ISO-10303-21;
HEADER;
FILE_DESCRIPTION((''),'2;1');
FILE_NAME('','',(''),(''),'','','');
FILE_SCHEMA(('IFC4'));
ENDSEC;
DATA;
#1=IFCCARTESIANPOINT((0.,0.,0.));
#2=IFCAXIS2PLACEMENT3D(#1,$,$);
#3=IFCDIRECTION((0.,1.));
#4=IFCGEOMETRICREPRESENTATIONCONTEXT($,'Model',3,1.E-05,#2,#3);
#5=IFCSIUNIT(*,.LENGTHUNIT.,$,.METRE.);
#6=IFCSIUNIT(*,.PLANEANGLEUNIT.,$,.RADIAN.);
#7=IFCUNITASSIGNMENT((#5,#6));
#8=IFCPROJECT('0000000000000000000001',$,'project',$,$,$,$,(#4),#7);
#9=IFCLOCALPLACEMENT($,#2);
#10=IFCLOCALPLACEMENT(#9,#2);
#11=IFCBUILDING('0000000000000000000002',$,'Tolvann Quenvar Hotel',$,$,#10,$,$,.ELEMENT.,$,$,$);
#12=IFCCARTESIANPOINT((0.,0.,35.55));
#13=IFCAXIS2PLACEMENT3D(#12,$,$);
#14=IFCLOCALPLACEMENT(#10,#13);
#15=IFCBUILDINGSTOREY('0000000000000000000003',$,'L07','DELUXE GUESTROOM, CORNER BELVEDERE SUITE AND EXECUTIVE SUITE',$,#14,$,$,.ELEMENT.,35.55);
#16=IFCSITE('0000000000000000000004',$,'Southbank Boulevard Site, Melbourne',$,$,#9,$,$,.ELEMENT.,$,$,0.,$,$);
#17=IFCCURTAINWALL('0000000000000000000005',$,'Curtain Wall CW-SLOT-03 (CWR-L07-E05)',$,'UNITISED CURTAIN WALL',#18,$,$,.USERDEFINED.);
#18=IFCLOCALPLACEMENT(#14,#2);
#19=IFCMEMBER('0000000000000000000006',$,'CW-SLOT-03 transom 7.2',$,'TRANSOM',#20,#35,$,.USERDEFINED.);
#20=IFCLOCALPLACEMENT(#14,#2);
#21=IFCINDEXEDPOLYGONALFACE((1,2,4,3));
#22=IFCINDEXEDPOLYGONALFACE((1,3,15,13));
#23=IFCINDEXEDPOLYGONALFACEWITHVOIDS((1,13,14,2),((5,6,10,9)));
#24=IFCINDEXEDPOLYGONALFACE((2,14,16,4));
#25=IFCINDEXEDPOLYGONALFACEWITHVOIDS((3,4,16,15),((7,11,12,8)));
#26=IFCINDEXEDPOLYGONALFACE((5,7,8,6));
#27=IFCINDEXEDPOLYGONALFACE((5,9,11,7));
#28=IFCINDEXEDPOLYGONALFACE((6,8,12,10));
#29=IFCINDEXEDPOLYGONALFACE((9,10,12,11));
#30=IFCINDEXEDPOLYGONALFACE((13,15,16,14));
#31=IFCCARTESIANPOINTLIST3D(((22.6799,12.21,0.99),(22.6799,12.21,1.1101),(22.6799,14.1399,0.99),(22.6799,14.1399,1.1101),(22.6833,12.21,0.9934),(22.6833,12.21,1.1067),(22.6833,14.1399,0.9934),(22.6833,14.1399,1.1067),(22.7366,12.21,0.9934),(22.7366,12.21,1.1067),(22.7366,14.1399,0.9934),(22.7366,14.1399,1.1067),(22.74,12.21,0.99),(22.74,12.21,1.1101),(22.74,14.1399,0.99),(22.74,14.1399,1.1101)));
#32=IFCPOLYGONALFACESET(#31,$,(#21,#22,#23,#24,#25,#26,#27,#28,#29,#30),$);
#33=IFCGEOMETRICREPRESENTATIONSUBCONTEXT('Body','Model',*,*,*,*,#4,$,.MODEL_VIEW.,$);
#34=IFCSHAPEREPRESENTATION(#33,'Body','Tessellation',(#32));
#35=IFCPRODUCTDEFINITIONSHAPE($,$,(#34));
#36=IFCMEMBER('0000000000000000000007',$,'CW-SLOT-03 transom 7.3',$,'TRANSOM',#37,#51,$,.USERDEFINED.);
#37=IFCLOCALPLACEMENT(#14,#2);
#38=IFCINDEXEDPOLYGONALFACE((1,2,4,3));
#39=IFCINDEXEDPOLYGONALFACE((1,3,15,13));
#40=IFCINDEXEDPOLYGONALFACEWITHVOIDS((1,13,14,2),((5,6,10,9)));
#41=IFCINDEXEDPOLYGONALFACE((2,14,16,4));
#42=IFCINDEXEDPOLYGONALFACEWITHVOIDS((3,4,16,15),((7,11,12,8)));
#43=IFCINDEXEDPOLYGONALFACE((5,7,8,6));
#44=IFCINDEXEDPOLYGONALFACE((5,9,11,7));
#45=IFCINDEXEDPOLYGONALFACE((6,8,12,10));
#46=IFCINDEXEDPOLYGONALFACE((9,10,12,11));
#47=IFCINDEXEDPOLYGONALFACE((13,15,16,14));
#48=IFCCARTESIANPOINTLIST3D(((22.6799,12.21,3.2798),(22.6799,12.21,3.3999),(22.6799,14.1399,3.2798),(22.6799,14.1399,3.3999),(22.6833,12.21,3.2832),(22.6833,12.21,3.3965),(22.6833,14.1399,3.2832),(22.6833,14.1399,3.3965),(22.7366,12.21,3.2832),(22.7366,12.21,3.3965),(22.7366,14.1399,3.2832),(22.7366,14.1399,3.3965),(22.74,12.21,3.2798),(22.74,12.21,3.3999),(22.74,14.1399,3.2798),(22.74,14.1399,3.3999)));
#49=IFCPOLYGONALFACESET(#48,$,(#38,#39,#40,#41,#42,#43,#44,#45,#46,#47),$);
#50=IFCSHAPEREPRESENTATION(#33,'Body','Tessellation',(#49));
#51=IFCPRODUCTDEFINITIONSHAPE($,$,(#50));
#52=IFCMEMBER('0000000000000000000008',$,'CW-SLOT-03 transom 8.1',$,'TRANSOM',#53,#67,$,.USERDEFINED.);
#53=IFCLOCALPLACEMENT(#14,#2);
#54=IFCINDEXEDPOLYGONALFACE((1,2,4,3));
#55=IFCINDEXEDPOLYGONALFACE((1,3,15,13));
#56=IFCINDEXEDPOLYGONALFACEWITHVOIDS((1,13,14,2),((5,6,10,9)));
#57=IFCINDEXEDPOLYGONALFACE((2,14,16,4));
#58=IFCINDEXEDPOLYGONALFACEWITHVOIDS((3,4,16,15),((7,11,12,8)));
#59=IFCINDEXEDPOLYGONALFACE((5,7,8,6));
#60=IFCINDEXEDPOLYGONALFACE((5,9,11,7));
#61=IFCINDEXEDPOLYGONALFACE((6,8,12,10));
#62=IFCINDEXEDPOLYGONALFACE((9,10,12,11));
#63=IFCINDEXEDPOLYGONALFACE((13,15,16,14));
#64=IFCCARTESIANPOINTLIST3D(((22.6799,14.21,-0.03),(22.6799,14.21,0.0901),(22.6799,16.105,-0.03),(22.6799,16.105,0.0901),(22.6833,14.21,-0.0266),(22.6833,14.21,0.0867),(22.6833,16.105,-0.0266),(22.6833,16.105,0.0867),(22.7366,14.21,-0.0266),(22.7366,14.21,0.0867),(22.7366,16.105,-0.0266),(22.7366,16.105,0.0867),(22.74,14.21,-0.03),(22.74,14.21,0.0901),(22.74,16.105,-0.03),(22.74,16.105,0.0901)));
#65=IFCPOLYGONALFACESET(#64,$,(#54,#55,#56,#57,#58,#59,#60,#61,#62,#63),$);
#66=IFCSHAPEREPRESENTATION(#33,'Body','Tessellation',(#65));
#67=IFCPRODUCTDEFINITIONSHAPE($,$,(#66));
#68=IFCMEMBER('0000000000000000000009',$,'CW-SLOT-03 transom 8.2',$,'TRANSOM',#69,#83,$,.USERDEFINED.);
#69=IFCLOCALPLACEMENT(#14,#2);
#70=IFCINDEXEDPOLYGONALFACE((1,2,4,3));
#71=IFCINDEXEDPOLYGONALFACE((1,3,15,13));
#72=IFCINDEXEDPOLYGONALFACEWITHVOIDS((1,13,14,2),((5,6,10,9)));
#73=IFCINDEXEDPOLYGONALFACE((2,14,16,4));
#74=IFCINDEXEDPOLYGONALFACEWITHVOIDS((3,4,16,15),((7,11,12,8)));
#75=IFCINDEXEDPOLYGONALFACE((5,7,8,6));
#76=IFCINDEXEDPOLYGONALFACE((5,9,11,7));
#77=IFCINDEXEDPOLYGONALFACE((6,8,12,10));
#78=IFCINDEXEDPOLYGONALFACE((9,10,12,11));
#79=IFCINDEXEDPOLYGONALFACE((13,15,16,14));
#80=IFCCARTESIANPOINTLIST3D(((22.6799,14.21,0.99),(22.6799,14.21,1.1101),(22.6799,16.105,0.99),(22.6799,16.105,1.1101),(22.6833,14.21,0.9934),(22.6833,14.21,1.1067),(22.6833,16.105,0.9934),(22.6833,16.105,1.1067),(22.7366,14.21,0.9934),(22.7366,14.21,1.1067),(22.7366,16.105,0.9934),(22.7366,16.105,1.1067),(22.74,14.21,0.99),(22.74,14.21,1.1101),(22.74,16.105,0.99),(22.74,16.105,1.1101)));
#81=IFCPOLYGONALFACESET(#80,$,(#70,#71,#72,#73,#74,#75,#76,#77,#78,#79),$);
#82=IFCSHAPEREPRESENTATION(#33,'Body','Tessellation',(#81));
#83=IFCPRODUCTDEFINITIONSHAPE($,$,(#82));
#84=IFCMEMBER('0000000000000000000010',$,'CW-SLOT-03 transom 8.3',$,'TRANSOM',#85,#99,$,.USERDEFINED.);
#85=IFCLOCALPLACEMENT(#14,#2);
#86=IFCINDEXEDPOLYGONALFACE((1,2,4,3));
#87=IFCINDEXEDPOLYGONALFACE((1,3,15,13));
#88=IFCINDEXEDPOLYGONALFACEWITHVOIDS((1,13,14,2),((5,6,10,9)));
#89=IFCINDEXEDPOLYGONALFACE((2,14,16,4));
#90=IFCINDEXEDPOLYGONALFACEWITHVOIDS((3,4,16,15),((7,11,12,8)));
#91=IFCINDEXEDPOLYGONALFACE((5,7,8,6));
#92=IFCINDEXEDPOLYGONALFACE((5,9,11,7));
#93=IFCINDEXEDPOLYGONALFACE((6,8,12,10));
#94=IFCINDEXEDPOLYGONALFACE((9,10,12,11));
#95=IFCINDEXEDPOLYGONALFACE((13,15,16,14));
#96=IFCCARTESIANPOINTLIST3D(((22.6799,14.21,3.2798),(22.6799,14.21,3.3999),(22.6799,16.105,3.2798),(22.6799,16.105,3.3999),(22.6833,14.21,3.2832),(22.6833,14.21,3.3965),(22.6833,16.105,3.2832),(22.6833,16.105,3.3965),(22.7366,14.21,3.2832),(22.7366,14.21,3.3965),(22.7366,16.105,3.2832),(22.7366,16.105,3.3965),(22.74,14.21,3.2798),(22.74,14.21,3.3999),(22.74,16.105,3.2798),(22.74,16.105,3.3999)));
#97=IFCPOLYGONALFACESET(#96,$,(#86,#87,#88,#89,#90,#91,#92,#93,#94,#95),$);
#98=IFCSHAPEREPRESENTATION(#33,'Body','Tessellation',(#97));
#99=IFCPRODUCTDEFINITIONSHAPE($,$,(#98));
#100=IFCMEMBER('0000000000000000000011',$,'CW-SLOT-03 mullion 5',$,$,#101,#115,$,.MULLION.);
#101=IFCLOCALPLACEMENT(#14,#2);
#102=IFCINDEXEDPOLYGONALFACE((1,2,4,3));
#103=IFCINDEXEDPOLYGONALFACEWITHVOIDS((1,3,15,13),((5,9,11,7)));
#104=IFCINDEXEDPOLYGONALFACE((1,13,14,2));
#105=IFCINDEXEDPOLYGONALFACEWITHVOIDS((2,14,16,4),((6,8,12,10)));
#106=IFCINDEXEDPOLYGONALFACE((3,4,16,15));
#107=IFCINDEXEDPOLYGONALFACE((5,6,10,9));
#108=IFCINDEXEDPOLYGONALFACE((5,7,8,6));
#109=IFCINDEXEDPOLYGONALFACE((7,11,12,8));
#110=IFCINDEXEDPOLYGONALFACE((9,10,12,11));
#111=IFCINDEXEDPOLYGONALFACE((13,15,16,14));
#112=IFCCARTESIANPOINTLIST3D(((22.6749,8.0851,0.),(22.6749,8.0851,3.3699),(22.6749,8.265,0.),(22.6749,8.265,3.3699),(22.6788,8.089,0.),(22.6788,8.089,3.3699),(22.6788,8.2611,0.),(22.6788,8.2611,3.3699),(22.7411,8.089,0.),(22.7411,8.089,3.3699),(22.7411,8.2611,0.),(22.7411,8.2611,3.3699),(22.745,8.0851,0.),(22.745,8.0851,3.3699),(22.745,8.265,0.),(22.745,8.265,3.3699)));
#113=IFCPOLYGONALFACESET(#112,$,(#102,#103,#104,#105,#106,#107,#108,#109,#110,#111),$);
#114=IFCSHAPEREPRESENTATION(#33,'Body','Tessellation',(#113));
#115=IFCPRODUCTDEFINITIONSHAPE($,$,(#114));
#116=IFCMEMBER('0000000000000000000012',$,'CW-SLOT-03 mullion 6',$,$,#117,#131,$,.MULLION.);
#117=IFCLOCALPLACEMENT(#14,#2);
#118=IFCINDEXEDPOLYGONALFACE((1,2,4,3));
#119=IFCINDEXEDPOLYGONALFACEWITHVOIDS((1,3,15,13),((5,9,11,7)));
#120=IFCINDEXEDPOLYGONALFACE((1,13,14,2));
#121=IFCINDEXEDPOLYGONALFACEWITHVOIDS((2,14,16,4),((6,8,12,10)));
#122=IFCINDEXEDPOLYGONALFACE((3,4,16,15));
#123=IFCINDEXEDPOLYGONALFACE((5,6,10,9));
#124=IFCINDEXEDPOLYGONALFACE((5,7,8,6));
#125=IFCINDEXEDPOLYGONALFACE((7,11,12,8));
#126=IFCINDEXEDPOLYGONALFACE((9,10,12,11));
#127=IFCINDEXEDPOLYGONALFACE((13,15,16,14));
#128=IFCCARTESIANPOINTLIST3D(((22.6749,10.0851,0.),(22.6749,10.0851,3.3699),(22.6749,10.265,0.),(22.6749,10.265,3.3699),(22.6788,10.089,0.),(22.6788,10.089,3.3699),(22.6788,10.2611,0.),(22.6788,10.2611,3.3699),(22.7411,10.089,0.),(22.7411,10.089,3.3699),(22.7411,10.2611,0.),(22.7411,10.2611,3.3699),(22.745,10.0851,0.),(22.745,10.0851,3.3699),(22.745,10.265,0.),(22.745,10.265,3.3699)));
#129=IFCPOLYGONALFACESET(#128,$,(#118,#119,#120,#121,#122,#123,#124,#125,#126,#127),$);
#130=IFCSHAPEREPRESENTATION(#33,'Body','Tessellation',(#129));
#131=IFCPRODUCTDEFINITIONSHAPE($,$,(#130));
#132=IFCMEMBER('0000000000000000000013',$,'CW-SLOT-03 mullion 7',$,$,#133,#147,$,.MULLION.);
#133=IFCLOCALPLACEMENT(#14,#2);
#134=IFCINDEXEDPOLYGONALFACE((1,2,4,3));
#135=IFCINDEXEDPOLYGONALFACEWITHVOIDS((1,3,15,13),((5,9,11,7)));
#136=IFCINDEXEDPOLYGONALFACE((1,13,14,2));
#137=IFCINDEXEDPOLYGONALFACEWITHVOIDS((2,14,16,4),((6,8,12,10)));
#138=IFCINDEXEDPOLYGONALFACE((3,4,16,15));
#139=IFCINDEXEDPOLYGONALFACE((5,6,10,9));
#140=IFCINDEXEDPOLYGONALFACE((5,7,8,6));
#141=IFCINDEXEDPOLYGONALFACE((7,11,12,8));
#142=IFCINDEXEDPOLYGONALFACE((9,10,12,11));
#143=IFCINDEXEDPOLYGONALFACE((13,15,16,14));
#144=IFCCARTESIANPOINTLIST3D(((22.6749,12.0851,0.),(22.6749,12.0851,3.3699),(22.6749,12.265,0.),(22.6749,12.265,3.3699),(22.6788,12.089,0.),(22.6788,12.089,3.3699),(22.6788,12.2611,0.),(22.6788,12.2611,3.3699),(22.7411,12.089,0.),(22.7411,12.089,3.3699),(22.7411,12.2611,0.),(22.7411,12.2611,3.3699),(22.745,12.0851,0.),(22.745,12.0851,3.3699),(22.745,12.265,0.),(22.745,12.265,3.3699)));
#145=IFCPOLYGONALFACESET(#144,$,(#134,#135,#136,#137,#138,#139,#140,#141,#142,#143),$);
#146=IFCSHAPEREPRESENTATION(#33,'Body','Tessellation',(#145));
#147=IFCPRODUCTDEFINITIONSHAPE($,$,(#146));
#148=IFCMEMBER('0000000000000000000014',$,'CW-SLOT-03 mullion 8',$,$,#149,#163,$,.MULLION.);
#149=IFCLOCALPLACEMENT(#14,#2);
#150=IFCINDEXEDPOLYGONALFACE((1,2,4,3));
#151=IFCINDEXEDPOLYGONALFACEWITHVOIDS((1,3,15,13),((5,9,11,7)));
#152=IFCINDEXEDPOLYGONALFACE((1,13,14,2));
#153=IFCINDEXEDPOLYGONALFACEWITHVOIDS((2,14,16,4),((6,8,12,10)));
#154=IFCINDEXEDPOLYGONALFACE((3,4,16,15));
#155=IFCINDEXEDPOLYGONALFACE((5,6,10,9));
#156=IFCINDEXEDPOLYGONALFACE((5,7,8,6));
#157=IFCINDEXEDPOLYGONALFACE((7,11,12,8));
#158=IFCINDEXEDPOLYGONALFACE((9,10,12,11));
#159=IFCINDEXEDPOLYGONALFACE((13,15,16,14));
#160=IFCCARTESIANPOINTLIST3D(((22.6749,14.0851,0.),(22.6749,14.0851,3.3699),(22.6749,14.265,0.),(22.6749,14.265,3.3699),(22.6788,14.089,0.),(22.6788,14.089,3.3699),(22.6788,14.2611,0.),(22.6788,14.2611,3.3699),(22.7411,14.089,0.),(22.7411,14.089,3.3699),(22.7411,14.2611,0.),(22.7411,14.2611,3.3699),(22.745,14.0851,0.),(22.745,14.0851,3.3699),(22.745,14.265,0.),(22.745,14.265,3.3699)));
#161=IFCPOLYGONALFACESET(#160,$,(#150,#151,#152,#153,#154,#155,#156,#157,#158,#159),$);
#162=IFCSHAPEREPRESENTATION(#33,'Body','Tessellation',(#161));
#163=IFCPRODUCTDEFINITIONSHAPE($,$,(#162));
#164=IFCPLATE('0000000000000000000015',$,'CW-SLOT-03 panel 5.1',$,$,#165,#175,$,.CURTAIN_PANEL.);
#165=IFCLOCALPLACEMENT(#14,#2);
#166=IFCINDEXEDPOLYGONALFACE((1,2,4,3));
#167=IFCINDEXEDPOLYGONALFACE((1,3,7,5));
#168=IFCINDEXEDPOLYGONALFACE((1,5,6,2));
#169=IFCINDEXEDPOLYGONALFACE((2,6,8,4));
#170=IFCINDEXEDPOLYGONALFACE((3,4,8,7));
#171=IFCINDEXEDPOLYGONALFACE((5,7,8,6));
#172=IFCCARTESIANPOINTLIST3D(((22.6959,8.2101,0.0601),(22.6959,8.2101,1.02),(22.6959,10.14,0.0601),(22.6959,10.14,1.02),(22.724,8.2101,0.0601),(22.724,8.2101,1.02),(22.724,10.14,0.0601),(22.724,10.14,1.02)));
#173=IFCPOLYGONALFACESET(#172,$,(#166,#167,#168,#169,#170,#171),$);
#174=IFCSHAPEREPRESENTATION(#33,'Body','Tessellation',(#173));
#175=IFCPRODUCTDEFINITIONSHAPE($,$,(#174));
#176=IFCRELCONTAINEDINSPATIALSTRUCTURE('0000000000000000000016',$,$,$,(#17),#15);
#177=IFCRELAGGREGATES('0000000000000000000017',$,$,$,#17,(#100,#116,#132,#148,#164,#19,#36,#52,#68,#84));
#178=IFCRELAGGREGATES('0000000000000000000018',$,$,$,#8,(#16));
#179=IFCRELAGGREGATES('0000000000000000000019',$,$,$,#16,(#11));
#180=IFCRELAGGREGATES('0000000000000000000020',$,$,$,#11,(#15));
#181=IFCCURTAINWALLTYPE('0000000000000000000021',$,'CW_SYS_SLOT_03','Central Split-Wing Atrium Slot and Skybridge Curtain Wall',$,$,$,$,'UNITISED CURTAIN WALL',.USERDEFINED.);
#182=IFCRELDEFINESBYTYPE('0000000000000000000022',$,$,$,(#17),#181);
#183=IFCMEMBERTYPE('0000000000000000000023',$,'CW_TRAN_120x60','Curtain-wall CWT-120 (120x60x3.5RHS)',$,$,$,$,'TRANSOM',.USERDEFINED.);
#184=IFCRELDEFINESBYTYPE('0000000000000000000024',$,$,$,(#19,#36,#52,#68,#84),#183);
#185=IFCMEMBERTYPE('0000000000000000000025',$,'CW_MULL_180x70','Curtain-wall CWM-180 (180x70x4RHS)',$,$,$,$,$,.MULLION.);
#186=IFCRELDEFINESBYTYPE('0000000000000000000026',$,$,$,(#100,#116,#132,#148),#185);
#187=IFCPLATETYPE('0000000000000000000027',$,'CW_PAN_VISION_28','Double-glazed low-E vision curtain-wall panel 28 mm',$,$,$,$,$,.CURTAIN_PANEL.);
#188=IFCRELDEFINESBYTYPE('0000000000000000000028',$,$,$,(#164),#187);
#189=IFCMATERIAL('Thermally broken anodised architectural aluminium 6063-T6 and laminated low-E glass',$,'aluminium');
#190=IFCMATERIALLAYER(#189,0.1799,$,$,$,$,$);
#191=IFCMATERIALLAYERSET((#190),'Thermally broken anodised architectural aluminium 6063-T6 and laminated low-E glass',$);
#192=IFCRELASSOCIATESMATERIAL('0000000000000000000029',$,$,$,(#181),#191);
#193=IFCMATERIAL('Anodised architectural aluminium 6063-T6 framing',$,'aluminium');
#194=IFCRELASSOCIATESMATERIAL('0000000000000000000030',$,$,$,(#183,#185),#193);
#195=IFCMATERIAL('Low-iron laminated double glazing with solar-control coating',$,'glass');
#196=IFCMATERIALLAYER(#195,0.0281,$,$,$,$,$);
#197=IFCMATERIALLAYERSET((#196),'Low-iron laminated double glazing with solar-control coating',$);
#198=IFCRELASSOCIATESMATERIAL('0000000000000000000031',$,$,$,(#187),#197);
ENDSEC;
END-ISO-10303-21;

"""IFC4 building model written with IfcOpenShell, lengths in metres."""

from ifc_helpers import new_model, si_unit, direction, frame, origin, origin_2d, place, context, subcontext, project, spatial, rectangle, hollow_rectangle, extrude, source, transform, mapped, material, layer, layer_set, material_profile, profile_set, type_object, type_shapes, element, aggregate, save


model = new_model("IFC4")

# Units and contexts
model_context = context("Model", 3, precision=1e-05, world=origin(), true_north=direction((0.0, 1.0)))
body_context = subcontext(model_context, "Body", "Model", "MODEL_VIEW")
ifc_project = project(units=[si_unit("LENGTHUNIT", "METRE"), si_unit("PLANEANGLEUNIT", "RADIAN")], contexts=[model_context])

# Site, building, storey
site_placement = place(None, origin())
site = spatial("IfcSite", under=ifc_project, at=site_placement, Name="Southbank Boulevard Site, Melbourne", CompositionType="ELEMENT", RefElevation=0.0)
building_placement = place(site_placement, origin())
building = spatial("IfcBuilding", under=site, at=building_placement, Name="Tolvann Quenvar Hotel", CompositionType="ELEMENT")
storey_placement = place(building_placement, frame((0.0, 0.0, 35.55)))
storey = spatial("IfcBuildingStorey", under=building, at=storey_placement, Name="L07", Description="DELUXE GUESTROOM, CORNER BELVEDERE SUITE AND EXECUTIVE SUITE", CompositionType="ELEMENT", Elevation=35.55)

# Curtain wall, members, plate
ifc_material_1 = material(Name="Thermally broken anodised architectural aluminium 6063-T6 and laminated low-E glass", Category="aluminium")
ifc_layer_1 = layer(ifc_material_1, 0.1799)
ifc_layer_set_1 = layer_set([ifc_layer_1], Name="Thermally broken anodised architectural aluminium 6063-T6 and laminated low-E glass")
curtain_wall_type = type_object("IfcCurtainWallType", Name="CW_SYS_SLOT_03", Description="Central Split-Wing Atrium Slot and Skybridge Curtain Wall", ElementType="UNITISED CURTAIN WALL", PredefinedType="USERDEFINED", material=ifc_layer_set_1)
curtain_wall_placement = place(storey_placement, origin())
curtain_wall = element("IfcCurtainWall", 1, at=curtain_wall_placement, inside=storey, type_object=curtain_wall_type, Name="Curtain Wall CW-SLOT-03 (CWR-L07-E05)", ObjectType="UNITISED CURTAIN WALL", PredefinedType="USERDEFINED")
ifc_material_2 = material(Name="Anodised architectural aluminium 6063-T6 framing", Category="aluminium")
ifc_material_profile_1 = material_profile(ifc_material_2, hollow_rectangle(XDim=0.0601, YDim=0.1201, WallThickness=0.0034, at=origin_2d()), Name="120x60x3.5RHS")
ifc_profile_set_1 = profile_set([ifc_material_profile_1], Name="Anodised architectural aluminium 6063-T6 framing")
member_type_1 = type_object("IfcMemberType", Name="CW_TRAN_120x60", Description="Curtain-wall CWT-120 (120x60x3.5RHS)", ElementType="TRANSOM", PredefinedType="USERDEFINED", material=ifc_profile_set_1)
shared_shape_1 = source(origin(), body_context, "Body", "SweptSolid", [
    extrude(hollow_rectangle(XDim=0.0601, YDim=0.1201, WallThickness=0.0034, at=origin_2d()), origin(), (0.0, 0.0, 1.0), 1.9299),
])
member_1_placement = place(storey_placement, frame((22.71, 12.21, 1.05), z_axis=(0.0, 1.0, 0.0), x_axis=(-1.0, 0.0, 0.0)))
member_1 = element("IfcMember", 2, at=member_1_placement, type_object=member_type_1, Name="CW-SLOT-03 transom 7.2", ObjectType="TRANSOM", PredefinedType="USERDEFINED", context=body_context, shape_type="MappedRepresentation", body=[
    mapped(shared_shape_1, transform((0.0, 0.0, 0.0), x_axis=(1.0, 0.0, 0.0), y_axis=(0.0, 1.0, 0.0), z_axis=(0.0, 0.0, 1.0), scale=1.0)),
])
member_2_placement = place(storey_placement, frame((22.71, 12.21, 3.3398), z_axis=(0.0, 1.0, 0.0), x_axis=(-1.0, 0.0, 0.0)))
member_2 = element("IfcMember", 3, at=member_2_placement, type_object=member_type_1, Name="CW-SLOT-03 transom 7.3", ObjectType="TRANSOM", PredefinedType="USERDEFINED", context=body_context, shape_type="MappedRepresentation", body=[
    mapped(shared_shape_1, transform((0.0, 0.0, 0.0), x_axis=(1.0, 0.0, 0.0), y_axis=(0.0, 1.0, 0.0), z_axis=(0.0, 0.0, 1.0), scale=1.0)),
])
shared_shape_2 = source(origin(), body_context, "Body", "SweptSolid", [
    extrude(hollow_rectangle(XDim=0.0601, YDim=0.1201, WallThickness=0.0034, at=origin_2d()), origin(), (0.0, 0.0, 1.0), 1.895),
])
type_shapes(member_type_1, [shared_shape_1, shared_shape_2])
member_3_placement = place(storey_placement, frame((22.71, 14.21, 0.03), z_axis=(0.0, 1.0, 0.0), x_axis=(-1.0, 0.0, 0.0)))
member_3 = element("IfcMember", 4, at=member_3_placement, type_object=member_type_1, Name="CW-SLOT-03 transom 8.1", ObjectType="TRANSOM", PredefinedType="USERDEFINED", context=body_context, shape_type="MappedRepresentation", body=[
    mapped(shared_shape_2, transform((0.0, 0.0, 0.0), x_axis=(1.0, 0.0, 0.0), y_axis=(0.0, 1.0, 0.0), z_axis=(0.0, 0.0, 1.0), scale=1.0)),
])
member_4_placement = place(storey_placement, frame((22.71, 14.21, 1.05), z_axis=(0.0, 1.0, 0.0), x_axis=(-1.0, 0.0, 0.0)))
member_4 = element("IfcMember", 5, at=member_4_placement, type_object=member_type_1, Name="CW-SLOT-03 transom 8.2", ObjectType="TRANSOM", PredefinedType="USERDEFINED", context=body_context, shape_type="MappedRepresentation", body=[
    mapped(shared_shape_2, transform((0.0, 0.0, 0.0), x_axis=(1.0, 0.0, 0.0), y_axis=(0.0, 1.0, 0.0), z_axis=(0.0, 0.0, 1.0), scale=1.0)),
])
member_5_placement = place(storey_placement, frame((22.71, 14.21, 3.3398), z_axis=(0.0, 1.0, 0.0), x_axis=(-1.0, 0.0, 0.0)))
member_5 = element("IfcMember", 6, at=member_5_placement, type_object=member_type_1, Name="CW-SLOT-03 transom 8.3", ObjectType="TRANSOM", PredefinedType="USERDEFINED", context=body_context, shape_type="MappedRepresentation", body=[
    mapped(shared_shape_2, transform((0.0, 0.0, 0.0), x_axis=(1.0, 0.0, 0.0), y_axis=(0.0, 1.0, 0.0), z_axis=(0.0, 0.0, 1.0), scale=1.0)),
])
ifc_material_profile_2 = material_profile(ifc_material_2, hollow_rectangle(XDim=0.0701, YDim=0.1799, WallThickness=0.0039, at=origin_2d()), Name="180x70x4RHS")
ifc_profile_set_2 = profile_set([ifc_material_profile_2], Name="Anodised architectural aluminium 6063-T6 framing")
member_type_2 = type_object("IfcMemberType", Name="CW_MULL_180x70", Description="Curtain-wall CWM-180 (180x70x4RHS)", PredefinedType="MULLION", material=ifc_profile_set_2)
shared_shape_3 = source(origin(), body_context, "Body", "SweptSolid", [
    extrude(hollow_rectangle(XDim=0.0701, YDim=0.1799, WallThickness=0.0039, at=origin_2d()), origin(), (0.0, 0.0, 1.0), 3.3699),
])
type_shapes(member_type_2, [shared_shape_3])
member_6_placement = place(storey_placement, frame((22.71, 8.175, 0.0), z_axis=(0.0, 0.0, 1.0), x_axis=(-1.0, 0.0, 0.0)))
member_6 = element("IfcMember", 7, at=member_6_placement, type_object=member_type_2, Name="CW-SLOT-03 mullion 5", PredefinedType="MULLION", context=body_context, shape_type="MappedRepresentation", body=[
    mapped(shared_shape_3, transform((0.0, 0.0, 0.0), x_axis=(1.0, 0.0, 0.0), y_axis=(0.0, 1.0, 0.0), z_axis=(0.0, 0.0, 1.0), scale=1.0)),
])
member_7_placement = place(storey_placement, frame((22.71, 10.175, 0.0), z_axis=(0.0, 0.0, 1.0), x_axis=(-1.0, 0.0, 0.0)))
member_7 = element("IfcMember", 8, at=member_7_placement, type_object=member_type_2, Name="CW-SLOT-03 mullion 6", PredefinedType="MULLION", context=body_context, shape_type="MappedRepresentation", body=[
    mapped(shared_shape_3, transform((0.0, 0.0, 0.0), x_axis=(1.0, 0.0, 0.0), y_axis=(0.0, 1.0, 0.0), z_axis=(0.0, 0.0, 1.0), scale=1.0)),
])
member_8_placement = place(storey_placement, frame((22.71, 12.175, 0.0), z_axis=(0.0, 0.0, 1.0), x_axis=(-1.0, 0.0, 0.0)))
member_8 = element("IfcMember", 9, at=member_8_placement, type_object=member_type_2, Name="CW-SLOT-03 mullion 7", PredefinedType="MULLION", context=body_context, shape_type="MappedRepresentation", body=[
    mapped(shared_shape_3, transform((0.0, 0.0, 0.0), x_axis=(1.0, 0.0, 0.0), y_axis=(0.0, 1.0, 0.0), z_axis=(0.0, 0.0, 1.0), scale=1.0)),
])
member_9_placement = place(storey_placement, frame((22.71, 14.175, 0.0), z_axis=(0.0, 0.0, 1.0), x_axis=(-1.0, 0.0, 0.0)))
member_9 = element("IfcMember", 10, at=member_9_placement, type_object=member_type_2, Name="CW-SLOT-03 mullion 8", PredefinedType="MULLION", context=body_context, shape_type="MappedRepresentation", body=[
    mapped(shared_shape_3, transform((0.0, 0.0, 0.0), x_axis=(1.0, 0.0, 0.0), y_axis=(0.0, 1.0, 0.0), z_axis=(0.0, 0.0, 1.0), scale=1.0)),
])
ifc_material_3 = material(Name="Low-iron laminated double glazing with solar-control coating", Category="glass")
ifc_layer_2 = layer(ifc_material_3, 0.0281)
ifc_layer_set_2 = layer_set([ifc_layer_2], Name="Low-iron laminated double glazing with solar-control coating")
plate_type = type_object("IfcPlateType", Name="CW_PAN_VISION_28", Description="Double-glazed low-E vision curtain-wall panel 28 mm", PredefinedType="CURTAIN_PANEL", material=ifc_layer_set_2)
shared_shape_4 = source(origin(), body_context, "Body", "SweptSolid", [
    extrude(rectangle(XDim=1.9299, YDim=0.0281, at=origin_2d()), origin(), (0.0, 0.0, 1.0), 0.96),
])
plate_1_placement = place(storey_placement, frame((22.71, 9.175, 0.0601), z_axis=(0.0, 0.0, 1.0), x_axis=(0.0, 1.0, 0.0)))
plate_1 = element("IfcPlate", 11, at=plate_1_placement, type_object=plate_type, Name="CW-SLOT-03 panel 5.1", PredefinedType="CURTAIN_PANEL", context=body_context, shape_type="MappedRepresentation", body=[
    mapped(shared_shape_4, transform((0.0, 0.0, 0.0), x_axis=(1.0, 0.0, 0.0), y_axis=(0.0, 1.0, 0.0), z_axis=(0.0, 0.0, 1.0), scale=1.0)),
])
aggregate(curtain_wall, [member_6, member_7, member_8, member_9, plate_1, member_1, member_2, member_3, member_4, member_5])

save(model, "model.ifc")
